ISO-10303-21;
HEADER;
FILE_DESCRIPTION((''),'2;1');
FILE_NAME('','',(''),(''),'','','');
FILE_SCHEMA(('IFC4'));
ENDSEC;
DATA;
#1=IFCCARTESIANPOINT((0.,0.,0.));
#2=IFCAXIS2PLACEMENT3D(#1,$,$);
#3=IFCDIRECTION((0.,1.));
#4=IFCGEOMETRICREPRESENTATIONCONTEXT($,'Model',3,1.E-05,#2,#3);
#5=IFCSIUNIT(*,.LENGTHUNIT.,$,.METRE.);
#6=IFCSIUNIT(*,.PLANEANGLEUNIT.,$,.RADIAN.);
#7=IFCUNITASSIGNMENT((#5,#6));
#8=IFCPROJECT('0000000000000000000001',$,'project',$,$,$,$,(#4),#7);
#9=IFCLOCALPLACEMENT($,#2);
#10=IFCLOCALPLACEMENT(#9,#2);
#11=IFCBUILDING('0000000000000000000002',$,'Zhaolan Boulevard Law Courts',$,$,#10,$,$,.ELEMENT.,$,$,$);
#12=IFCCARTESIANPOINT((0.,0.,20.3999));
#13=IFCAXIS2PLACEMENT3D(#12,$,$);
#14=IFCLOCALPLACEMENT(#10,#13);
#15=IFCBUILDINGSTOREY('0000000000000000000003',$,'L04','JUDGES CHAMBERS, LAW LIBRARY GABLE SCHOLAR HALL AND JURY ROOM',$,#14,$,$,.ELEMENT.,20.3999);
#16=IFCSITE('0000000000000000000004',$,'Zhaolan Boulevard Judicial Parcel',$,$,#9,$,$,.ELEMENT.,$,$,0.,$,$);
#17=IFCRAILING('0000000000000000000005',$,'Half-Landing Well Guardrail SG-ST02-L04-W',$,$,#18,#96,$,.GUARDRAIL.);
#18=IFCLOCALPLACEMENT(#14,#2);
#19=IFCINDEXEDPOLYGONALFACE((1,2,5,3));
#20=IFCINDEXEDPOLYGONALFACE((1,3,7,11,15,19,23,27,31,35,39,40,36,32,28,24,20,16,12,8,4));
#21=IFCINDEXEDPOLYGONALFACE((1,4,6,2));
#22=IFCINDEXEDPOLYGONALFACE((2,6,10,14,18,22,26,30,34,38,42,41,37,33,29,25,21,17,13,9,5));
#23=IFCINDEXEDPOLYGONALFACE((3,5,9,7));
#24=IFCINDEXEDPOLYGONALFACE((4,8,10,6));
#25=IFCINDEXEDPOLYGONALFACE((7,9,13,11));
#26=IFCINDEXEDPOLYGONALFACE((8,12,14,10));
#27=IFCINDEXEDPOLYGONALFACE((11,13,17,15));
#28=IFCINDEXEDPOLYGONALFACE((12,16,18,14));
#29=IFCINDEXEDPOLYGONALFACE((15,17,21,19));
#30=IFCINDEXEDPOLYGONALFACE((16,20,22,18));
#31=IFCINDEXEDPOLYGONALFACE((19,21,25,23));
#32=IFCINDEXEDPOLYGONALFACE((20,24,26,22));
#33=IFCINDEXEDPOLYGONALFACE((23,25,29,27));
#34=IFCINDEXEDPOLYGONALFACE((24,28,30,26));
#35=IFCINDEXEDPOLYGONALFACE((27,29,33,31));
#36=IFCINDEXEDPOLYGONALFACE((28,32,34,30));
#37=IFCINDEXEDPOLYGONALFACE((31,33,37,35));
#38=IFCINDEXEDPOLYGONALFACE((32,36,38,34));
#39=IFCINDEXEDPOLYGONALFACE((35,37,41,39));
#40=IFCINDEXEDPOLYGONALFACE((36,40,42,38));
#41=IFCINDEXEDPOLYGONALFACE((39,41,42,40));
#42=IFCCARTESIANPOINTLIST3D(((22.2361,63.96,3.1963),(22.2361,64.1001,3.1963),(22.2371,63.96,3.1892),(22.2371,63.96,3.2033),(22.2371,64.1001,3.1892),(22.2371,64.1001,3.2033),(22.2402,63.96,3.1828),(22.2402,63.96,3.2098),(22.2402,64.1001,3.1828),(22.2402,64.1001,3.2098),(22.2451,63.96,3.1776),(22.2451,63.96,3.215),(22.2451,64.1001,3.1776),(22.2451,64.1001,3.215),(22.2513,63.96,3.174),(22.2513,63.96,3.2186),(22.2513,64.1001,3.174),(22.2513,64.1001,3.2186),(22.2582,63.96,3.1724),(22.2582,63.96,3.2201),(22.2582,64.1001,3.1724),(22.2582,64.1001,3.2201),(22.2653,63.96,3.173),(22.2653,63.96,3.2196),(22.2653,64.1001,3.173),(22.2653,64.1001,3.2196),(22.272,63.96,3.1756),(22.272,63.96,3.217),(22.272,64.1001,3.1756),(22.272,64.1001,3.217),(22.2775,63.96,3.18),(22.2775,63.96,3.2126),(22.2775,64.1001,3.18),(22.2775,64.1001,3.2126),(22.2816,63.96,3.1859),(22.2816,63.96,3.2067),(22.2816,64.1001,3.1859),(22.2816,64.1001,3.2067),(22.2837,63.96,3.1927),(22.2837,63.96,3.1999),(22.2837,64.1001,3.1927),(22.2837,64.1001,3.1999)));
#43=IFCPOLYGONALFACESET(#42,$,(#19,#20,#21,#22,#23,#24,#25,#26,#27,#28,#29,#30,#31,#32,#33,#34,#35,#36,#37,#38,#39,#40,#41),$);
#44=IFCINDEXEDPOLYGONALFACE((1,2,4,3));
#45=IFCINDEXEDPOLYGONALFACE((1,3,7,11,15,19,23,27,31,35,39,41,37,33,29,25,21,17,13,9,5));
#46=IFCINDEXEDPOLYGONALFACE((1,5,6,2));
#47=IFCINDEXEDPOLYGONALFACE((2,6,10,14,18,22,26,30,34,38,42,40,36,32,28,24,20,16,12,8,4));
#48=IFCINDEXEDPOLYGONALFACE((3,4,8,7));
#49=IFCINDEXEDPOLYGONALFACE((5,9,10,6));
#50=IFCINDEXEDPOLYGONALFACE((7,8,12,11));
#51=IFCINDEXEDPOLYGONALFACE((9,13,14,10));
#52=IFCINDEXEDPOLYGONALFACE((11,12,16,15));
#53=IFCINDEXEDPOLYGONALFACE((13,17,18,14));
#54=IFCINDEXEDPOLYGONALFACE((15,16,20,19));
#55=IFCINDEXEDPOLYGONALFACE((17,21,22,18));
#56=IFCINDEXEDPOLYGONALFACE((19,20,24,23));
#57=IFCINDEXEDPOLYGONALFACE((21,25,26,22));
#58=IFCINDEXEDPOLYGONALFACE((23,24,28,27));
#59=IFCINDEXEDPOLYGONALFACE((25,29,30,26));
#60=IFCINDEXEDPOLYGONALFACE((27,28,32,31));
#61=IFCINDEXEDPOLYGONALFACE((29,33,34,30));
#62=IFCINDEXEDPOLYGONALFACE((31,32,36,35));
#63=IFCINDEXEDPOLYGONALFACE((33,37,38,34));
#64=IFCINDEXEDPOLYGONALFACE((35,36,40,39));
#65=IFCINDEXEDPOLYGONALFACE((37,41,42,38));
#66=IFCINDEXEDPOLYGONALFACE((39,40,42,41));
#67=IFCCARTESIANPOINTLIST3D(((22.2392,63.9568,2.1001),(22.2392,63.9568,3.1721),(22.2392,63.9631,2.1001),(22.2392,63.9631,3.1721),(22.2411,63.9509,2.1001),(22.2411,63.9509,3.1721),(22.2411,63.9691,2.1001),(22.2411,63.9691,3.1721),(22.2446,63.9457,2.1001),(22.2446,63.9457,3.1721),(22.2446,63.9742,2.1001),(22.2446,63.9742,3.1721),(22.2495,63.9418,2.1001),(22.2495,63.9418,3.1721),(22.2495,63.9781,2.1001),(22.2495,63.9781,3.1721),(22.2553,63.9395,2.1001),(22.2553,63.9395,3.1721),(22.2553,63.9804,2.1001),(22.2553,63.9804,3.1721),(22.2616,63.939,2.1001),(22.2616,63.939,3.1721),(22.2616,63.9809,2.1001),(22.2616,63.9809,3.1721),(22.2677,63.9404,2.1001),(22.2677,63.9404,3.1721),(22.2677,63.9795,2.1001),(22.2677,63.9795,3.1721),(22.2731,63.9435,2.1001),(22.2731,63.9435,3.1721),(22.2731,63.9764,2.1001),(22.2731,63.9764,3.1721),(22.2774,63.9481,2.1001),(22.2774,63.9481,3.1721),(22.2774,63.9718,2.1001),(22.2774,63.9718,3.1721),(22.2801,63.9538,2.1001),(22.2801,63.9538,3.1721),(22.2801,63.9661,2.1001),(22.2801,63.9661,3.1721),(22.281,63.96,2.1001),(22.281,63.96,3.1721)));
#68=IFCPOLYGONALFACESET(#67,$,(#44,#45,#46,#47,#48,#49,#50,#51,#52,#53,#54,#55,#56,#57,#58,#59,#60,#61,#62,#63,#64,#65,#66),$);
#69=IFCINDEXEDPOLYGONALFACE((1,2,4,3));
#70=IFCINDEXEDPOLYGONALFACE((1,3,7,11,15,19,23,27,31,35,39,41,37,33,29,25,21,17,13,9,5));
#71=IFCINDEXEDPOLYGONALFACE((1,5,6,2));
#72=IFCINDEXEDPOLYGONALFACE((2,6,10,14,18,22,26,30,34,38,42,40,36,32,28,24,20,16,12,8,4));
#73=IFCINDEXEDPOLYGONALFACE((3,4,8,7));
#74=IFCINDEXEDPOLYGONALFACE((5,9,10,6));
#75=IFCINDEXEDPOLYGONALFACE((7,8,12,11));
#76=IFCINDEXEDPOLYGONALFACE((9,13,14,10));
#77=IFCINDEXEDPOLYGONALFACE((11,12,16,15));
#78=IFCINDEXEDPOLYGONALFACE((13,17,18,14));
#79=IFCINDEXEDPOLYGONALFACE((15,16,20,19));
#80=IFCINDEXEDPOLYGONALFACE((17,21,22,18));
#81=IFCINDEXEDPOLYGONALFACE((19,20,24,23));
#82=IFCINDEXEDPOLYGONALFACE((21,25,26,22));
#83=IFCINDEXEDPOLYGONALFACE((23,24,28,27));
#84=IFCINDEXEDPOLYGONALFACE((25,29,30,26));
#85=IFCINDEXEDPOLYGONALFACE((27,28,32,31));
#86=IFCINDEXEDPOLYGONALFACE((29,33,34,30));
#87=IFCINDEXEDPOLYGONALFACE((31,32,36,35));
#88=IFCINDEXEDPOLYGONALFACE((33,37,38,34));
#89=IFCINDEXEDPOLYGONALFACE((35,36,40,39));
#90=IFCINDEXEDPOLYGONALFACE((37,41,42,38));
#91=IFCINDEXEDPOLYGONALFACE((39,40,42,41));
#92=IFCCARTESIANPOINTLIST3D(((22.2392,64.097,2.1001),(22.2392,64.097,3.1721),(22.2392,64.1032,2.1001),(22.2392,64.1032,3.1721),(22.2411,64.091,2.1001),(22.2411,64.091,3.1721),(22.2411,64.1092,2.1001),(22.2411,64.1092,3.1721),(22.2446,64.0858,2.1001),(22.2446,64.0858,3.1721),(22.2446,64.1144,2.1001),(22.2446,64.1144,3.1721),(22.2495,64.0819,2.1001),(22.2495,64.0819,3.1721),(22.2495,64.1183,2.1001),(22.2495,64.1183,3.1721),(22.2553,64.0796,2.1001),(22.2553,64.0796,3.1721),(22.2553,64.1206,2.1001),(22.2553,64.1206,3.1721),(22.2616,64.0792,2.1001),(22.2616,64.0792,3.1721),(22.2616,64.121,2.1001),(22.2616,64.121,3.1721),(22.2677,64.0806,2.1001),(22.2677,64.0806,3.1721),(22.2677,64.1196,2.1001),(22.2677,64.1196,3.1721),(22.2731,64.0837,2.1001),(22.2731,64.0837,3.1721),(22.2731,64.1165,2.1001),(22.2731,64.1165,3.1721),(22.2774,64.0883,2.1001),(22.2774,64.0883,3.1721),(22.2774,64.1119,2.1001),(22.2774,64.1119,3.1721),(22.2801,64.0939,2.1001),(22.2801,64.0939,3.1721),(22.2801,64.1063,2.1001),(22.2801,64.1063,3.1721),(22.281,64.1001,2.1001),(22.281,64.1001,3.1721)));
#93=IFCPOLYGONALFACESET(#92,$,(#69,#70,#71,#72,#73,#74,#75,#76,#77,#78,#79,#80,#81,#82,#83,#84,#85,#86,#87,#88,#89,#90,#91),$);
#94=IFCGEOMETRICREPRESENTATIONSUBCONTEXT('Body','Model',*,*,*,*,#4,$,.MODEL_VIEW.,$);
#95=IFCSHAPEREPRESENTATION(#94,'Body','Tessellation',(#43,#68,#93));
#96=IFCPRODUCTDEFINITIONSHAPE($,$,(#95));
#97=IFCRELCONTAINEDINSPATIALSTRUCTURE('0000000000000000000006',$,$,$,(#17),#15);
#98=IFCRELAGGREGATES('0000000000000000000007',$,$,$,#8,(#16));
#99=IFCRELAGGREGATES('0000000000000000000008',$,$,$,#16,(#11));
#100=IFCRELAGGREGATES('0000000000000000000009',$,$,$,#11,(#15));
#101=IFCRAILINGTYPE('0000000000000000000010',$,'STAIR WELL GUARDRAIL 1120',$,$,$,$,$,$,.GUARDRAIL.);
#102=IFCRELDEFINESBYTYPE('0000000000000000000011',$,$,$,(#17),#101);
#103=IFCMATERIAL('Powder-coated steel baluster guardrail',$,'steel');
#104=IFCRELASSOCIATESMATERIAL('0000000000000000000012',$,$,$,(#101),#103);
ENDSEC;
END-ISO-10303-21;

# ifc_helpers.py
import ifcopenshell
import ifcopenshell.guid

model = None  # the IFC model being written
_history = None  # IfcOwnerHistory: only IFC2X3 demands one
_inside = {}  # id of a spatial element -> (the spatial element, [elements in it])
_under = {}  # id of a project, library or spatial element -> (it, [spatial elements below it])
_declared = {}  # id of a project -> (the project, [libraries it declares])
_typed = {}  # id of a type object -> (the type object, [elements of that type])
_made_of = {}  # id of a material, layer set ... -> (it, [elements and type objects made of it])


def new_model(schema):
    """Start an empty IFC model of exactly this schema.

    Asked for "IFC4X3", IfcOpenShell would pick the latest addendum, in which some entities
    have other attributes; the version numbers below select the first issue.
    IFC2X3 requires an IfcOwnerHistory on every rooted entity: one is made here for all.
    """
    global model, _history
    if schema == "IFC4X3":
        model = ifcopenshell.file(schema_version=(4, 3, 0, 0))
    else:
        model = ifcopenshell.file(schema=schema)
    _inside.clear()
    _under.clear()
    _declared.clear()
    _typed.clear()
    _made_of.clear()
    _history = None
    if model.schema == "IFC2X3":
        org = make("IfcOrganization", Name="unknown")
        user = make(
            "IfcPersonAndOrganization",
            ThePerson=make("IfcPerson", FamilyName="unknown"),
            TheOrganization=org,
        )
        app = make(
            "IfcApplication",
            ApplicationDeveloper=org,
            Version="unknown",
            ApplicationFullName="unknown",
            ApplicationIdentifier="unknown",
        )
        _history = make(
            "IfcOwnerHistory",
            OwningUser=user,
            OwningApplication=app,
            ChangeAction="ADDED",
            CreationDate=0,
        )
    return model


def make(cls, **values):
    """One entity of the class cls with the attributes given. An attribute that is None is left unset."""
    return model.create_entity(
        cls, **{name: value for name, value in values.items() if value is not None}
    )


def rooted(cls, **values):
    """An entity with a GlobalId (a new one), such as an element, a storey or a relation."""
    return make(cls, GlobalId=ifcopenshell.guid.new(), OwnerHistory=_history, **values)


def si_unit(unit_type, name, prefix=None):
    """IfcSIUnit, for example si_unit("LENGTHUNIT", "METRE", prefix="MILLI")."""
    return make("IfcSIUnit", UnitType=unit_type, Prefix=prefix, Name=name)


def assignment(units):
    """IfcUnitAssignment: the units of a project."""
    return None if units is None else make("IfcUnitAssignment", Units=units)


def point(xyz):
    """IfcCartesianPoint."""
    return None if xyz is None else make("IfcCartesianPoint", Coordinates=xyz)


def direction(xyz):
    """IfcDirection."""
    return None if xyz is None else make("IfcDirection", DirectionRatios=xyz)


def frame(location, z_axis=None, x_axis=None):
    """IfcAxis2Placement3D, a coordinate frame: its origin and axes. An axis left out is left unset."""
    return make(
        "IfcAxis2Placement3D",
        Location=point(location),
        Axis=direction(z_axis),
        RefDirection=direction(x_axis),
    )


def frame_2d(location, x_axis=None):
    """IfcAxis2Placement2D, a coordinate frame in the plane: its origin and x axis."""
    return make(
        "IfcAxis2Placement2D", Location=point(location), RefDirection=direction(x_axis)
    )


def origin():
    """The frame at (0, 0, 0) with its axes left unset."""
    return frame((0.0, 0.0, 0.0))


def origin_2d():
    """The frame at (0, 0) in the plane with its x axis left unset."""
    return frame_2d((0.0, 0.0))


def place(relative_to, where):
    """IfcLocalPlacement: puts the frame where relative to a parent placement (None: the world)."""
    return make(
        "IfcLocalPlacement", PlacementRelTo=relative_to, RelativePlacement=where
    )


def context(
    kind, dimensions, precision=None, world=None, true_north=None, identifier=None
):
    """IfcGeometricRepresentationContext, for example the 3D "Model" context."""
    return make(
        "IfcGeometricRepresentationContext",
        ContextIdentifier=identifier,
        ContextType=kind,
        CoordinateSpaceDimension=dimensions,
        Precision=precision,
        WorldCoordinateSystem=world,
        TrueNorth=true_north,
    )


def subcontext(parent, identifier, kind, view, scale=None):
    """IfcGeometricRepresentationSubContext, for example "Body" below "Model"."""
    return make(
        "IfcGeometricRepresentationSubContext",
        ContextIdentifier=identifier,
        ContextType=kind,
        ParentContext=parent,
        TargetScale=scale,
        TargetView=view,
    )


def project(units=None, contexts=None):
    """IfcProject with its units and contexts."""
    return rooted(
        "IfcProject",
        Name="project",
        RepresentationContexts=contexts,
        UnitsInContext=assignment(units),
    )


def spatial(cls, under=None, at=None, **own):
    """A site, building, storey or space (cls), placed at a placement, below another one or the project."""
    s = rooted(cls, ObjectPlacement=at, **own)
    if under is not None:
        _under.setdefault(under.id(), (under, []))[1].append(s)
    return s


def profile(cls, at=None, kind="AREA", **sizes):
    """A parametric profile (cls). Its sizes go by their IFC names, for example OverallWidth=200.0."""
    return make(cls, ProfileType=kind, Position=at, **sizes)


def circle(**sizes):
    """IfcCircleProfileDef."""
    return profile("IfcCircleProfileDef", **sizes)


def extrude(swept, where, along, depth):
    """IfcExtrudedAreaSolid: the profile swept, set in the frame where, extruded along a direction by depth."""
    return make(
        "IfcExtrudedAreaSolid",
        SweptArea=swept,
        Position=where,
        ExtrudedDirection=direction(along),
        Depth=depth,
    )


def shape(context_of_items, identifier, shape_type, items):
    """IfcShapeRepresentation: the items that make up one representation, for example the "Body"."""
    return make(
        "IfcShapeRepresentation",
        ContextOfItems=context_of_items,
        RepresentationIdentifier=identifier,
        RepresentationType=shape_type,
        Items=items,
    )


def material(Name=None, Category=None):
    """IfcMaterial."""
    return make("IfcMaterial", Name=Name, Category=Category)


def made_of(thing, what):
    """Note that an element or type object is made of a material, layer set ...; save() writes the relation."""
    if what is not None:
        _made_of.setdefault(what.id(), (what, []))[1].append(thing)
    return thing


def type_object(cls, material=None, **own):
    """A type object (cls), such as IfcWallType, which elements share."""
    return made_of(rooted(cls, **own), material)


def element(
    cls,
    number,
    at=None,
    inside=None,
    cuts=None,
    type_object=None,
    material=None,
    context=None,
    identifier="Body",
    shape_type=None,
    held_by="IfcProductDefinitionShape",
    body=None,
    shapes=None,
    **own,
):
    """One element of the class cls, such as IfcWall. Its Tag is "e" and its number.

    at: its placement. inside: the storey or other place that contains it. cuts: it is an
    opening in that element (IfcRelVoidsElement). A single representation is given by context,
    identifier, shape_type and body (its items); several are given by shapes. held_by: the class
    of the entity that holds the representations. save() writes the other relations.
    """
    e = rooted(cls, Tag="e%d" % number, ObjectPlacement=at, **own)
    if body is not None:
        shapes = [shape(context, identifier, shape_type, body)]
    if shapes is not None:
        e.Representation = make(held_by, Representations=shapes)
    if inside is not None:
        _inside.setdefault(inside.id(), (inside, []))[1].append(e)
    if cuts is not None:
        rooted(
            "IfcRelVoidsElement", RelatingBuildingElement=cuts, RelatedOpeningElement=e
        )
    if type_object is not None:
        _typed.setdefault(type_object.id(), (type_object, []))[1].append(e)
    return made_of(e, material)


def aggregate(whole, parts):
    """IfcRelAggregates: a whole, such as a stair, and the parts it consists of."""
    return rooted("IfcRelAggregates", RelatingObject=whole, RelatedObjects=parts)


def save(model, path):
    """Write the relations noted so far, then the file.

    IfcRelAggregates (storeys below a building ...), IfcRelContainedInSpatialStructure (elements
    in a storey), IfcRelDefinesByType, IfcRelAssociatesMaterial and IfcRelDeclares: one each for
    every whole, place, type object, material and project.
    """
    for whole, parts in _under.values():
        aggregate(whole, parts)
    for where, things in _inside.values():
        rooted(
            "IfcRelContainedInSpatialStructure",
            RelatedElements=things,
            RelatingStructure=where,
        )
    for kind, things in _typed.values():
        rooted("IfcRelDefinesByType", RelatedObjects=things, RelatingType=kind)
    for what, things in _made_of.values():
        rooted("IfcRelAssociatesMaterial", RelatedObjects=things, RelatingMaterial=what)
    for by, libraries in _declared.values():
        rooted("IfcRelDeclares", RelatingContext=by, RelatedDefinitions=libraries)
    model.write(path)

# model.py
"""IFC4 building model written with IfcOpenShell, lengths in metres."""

from ifc_helpers import new_model, si_unit, direction, frame, origin, origin_2d, place, context, subcontext, project, spatial, circle, extrude, material, type_object, element, save


model = new_model("IFC4")

# Units and contexts
model_context = context("Model", 3, precision=1e-05, world=origin(), true_north=direction((0.0, 1.0)))
body_context = subcontext(model_context, "Body", "Model", "MODEL_VIEW")
ifc_project = project(units=[si_unit("LENGTHUNIT", "METRE"), si_unit("PLANEANGLEUNIT", "RADIAN")], contexts=[model_context])

# Site, building, storey
site_placement = place(None, origin())
site = spatial("IfcSite", under=ifc_project, at=site_placement, Name="Zhaolan Boulevard Judicial Parcel", CompositionType="ELEMENT", RefElevation=0.0)
building_placement = place(site_placement, origin())
building = spatial("IfcBuilding", under=site, at=building_placement, Name="Zhaolan Boulevard Law Courts", CompositionType="ELEMENT")
storey_placement = place(building_placement, frame((0.0, 0.0, 20.3999)))
storey = spatial("IfcBuildingStorey", under=building, at=storey_placement, Name="L04", Description="JUDGES CHAMBERS, LAW LIBRARY GABLE SCHOLAR HALL AND JURY ROOM", CompositionType="ELEMENT", Elevation=20.3999)

# Railing
ifc_material_1 = material(Name="Powder-coated steel baluster guardrail", Category="steel")
railing_type_1 = type_object("IfcRailingType", Name="STAIR WELL GUARDRAIL 1120", PredefinedType="GUARDRAIL", material=ifc_material_1)
railing_1_placement = place(storey_placement, frame((22.26, 63.96, 2.1001)))
element("IfcRailing", 1, at=railing_1_placement, inside=storey, type_object=railing_type_1, Name="Half-Landing Well Guardrail SG-ST02-L04-W", PredefinedType="GUARDRAIL", context=body_context, shape_type="SweptSolid", body=[
    extrude(circle(Radius=0.0239, at=origin_2d()), frame((0.0, 0.0, 1.0962), z_axis=(0.0, 1.0, 0.0), x_axis=(-1.0, 0.0, 0.0)), (0.0, 0.0, 1.0), 0.1401),
    extrude(circle(Radius=0.021, at=origin_2d()), origin(), (0.0, 0.0, 1.0), 1.072),
    extrude(circle(Radius=0.021, at=origin_2d()), frame((0.0, 0.1401, 0.0)), (0.0, 0.0, 1.0), 1.072),
])

save(model, "model.ifc")
